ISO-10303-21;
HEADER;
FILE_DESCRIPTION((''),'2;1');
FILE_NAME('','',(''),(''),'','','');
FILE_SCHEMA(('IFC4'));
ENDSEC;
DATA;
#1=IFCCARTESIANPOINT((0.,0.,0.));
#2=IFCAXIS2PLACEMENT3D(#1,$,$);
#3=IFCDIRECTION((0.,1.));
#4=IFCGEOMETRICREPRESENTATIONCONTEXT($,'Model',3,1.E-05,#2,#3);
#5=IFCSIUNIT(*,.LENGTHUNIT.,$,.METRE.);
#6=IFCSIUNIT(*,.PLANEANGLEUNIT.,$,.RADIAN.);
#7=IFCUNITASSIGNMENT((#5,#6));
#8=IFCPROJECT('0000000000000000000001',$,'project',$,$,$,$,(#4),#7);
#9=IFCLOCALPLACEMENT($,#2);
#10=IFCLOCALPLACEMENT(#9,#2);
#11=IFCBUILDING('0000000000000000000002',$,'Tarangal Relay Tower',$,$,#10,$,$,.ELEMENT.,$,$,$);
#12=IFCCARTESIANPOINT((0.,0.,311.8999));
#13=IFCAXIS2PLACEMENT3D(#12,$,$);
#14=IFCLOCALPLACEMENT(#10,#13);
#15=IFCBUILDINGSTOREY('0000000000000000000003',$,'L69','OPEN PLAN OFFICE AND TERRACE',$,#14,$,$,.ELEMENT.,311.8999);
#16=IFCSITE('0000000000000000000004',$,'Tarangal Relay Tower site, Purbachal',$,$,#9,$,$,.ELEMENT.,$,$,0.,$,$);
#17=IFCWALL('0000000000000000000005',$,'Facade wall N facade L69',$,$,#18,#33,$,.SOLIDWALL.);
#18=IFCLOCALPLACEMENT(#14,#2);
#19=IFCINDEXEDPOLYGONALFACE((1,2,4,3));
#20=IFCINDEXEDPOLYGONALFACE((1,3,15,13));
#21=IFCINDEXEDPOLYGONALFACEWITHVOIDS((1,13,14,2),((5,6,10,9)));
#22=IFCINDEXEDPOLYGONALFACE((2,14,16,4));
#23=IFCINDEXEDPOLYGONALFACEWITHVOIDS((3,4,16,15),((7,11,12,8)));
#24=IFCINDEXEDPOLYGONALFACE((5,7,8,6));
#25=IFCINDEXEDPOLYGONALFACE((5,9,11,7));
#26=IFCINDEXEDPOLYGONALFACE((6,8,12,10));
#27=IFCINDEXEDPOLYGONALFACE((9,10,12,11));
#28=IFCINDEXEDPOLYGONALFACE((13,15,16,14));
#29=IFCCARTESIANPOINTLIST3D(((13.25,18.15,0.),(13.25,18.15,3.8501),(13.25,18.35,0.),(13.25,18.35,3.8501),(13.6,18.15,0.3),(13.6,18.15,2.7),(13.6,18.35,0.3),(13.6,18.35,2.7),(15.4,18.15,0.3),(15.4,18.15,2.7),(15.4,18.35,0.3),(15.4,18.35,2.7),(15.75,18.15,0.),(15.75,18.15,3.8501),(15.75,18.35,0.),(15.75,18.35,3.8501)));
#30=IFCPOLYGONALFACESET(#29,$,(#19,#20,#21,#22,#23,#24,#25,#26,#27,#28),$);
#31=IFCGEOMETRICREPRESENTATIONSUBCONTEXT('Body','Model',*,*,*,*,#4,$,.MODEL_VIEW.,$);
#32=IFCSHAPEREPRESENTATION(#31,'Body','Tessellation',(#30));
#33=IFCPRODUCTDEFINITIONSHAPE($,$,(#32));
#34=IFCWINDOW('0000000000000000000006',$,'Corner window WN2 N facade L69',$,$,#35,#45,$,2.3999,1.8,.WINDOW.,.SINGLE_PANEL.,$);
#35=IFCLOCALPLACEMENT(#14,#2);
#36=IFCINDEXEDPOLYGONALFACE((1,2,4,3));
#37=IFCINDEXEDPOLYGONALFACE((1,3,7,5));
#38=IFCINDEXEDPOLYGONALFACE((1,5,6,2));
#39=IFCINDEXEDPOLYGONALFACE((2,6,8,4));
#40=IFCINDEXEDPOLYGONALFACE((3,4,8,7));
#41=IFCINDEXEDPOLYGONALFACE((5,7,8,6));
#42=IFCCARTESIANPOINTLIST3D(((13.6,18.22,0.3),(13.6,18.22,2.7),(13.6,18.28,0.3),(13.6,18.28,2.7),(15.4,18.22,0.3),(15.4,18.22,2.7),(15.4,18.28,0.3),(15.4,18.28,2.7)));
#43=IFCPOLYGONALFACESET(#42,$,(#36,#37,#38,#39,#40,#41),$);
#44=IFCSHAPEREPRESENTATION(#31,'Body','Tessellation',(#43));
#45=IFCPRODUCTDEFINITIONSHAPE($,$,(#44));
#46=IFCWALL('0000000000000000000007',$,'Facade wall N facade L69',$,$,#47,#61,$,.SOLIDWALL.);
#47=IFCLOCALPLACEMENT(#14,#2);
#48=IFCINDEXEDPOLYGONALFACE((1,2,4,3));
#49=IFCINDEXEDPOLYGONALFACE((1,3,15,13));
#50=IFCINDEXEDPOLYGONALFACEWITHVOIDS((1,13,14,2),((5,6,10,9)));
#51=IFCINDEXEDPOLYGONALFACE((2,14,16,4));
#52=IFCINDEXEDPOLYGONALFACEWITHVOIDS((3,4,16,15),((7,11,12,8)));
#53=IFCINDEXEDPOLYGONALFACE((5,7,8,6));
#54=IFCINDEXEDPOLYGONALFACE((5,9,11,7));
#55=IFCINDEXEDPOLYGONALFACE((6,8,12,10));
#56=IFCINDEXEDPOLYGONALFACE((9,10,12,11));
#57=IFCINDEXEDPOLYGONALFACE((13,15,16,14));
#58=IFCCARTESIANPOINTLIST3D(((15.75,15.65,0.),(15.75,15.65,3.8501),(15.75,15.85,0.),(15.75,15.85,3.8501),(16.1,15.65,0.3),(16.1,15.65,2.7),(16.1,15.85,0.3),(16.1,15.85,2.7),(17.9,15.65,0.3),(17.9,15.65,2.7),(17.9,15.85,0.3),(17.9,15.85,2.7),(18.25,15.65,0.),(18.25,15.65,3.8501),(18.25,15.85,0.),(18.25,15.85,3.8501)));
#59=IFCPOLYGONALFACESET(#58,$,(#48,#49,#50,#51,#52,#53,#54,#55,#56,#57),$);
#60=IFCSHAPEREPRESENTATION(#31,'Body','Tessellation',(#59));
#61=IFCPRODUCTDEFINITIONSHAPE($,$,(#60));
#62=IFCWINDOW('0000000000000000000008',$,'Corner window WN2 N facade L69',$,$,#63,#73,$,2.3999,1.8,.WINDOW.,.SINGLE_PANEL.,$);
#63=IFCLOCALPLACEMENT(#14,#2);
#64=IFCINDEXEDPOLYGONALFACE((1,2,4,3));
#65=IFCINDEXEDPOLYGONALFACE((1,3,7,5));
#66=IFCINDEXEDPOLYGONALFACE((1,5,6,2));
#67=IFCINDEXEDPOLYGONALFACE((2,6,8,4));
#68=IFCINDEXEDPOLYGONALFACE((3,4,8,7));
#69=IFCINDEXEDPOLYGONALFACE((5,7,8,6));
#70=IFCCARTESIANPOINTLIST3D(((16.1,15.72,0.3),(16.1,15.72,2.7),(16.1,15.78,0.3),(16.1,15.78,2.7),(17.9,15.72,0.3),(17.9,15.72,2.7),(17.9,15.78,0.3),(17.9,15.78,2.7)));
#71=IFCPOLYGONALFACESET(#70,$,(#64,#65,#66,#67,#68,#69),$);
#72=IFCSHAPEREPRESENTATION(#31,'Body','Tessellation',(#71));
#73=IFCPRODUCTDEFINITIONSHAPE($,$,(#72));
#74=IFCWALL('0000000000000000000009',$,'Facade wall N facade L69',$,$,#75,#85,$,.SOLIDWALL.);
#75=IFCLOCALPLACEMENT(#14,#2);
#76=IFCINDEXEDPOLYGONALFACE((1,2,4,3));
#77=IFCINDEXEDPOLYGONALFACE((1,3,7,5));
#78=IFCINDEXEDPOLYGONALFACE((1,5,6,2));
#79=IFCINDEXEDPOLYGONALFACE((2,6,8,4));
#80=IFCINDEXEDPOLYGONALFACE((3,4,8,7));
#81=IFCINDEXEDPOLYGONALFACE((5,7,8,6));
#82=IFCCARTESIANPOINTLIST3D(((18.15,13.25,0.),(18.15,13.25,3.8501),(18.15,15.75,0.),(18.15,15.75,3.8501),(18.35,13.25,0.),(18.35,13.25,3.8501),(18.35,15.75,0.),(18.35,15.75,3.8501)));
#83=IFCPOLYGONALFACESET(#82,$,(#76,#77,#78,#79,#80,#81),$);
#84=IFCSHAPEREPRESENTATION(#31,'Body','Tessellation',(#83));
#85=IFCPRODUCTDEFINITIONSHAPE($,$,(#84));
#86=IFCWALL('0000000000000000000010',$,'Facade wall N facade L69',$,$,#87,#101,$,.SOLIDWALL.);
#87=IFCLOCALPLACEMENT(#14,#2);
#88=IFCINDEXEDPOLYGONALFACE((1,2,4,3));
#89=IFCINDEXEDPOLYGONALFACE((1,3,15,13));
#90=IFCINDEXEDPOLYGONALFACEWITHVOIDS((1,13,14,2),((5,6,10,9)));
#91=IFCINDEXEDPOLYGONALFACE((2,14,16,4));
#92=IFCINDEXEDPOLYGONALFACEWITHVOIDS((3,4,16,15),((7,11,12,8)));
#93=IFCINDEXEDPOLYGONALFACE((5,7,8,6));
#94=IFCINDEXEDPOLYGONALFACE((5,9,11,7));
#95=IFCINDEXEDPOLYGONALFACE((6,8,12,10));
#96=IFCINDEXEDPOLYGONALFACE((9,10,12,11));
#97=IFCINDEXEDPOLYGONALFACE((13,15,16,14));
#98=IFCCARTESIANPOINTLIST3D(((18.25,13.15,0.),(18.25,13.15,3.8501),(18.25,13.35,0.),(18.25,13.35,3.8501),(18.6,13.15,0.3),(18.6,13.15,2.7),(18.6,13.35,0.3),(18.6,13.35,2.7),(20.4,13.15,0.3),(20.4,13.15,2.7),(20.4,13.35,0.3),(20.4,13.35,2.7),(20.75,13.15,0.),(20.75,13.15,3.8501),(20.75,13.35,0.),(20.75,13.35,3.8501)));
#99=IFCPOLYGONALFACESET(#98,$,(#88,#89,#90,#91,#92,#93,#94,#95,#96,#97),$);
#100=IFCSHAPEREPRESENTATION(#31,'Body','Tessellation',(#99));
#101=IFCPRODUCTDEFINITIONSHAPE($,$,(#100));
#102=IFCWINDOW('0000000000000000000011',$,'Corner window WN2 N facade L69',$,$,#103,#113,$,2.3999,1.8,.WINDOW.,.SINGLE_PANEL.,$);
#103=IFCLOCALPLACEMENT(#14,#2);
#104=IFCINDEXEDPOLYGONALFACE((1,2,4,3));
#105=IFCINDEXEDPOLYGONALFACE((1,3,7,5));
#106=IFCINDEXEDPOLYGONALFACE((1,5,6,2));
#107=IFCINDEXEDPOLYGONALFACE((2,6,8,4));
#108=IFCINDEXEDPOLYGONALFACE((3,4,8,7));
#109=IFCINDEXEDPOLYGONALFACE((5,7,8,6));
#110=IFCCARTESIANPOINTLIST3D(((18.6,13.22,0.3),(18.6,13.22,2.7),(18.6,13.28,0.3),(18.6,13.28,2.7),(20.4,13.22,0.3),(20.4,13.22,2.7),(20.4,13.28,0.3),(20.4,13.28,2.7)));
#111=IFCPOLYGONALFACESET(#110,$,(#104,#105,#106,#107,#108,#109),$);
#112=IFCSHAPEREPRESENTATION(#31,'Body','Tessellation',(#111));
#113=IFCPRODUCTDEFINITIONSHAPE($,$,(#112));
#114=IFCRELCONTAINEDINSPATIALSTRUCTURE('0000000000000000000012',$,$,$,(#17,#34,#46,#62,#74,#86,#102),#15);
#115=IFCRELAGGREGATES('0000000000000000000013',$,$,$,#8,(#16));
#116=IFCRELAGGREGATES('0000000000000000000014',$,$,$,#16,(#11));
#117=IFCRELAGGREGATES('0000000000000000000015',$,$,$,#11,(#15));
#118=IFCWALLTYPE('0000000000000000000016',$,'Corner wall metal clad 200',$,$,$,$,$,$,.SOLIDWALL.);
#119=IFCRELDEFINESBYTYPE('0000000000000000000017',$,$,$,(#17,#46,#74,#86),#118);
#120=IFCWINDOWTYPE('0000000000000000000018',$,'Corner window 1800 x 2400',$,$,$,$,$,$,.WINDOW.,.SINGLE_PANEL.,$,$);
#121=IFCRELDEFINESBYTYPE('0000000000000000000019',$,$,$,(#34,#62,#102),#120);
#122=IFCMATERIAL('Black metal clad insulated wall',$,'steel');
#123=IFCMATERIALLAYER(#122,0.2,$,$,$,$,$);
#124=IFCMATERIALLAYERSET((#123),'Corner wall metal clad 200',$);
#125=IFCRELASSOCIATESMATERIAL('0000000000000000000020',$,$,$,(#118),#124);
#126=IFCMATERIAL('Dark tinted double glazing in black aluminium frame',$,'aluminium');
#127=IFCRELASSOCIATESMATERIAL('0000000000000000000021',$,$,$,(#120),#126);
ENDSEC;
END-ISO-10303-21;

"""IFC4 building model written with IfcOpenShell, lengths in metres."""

from ifc_helpers import new_model, si_unit, direction, frame, frame_2d, origin, place, context, subcontext, project, spatial, rectangle, extrude, material, layer, layer_set, type_object, element, fill, save


model = new_model("IFC4")

# Units and contexts
model_context = context("Model", 3, precision=1e-05, world=origin(), true_north=direction((0.0, 1.0)))
body_context = subcontext(model_context, "Body", "Model", "MODEL_VIEW")
ifc_project = project(units=[si_unit("LENGTHUNIT", "METRE"), si_unit("PLANEANGLEUNIT", "RADIAN")], contexts=[model_context])

# Site, building, storey
site_placement = place(None, origin())
site = spatial("IfcSite", under=ifc_project, at=site_placement, Name="Tarangal Relay Tower site, Purbachal", CompositionType="ELEMENT", RefElevation=0.0)
building_placement = place(site_placement, origin())
building = spatial("IfcBuilding", under=site, at=building_placement, Name="Tarangal Relay Tower", CompositionType="ELEMENT")
storey_placement = place(building_placement, frame((0.0, 0.0, 311.8999)))
storey = spatial("IfcBuildingStorey", under=building, at=storey_placement, Name="L69", Description="OPEN PLAN OFFICE AND TERRACE", CompositionType="ELEMENT", Elevation=311.8999)

# Shared definitions
ifc_material_1 = material(Name="Black metal clad insulated wall", Category="steel")
ifc_layer_1 = layer(ifc_material_1, 0.2)
ifc_layer_set_1 = layer_set([ifc_layer_1], Name="Corner wall metal clad 200")
wall_type_1 = type_object("IfcWallType", Name="Corner wall metal clad 200", PredefinedType="SOLIDWALL", material=ifc_layer_set_1)

# Wall, opening, window
wall_1_placement = place(storey_placement, frame((13.25, 18.25, 0.0), z_axis=(0.0, 0.0, 1.0), x_axis=(1.0, 0.0, 0.0)))
wall_1 = element("IfcWall", 1, at=wall_1_placement, inside=storey, type_object=wall_type_1, Name="Facade wall N facade L69", PredefinedType="SOLIDWALL", context=body_context, shape_type="SweptSolid", body=[
    extrude(rectangle(XDim=2.5, YDim=0.2, at=frame_2d((1.25, 0.0))), origin(), (0.0, 0.0, 1.0), 3.8501),
])
opening_1_placement = place(wall_1_placement, frame((0.3501, 0.0, 0.3)))
opening_1 = element("IfcOpeningElement", 2, at=opening_1_placement, cuts=wall_1, PredefinedType="OPENING", context=body_context, shape_type="SweptSolid", body=[
    extrude(rectangle(XDim=1.8, YDim=2.3999, at=frame_2d((0.8999, 1.2))), frame((0.0, 0.1099, 0.0), z_axis=(0.0, -1.0, 0.0), x_axis=(1.0, 0.0, 0.0)), (0.0, 0.0, 1.0), 0.22),
])
ifc_material_2 = material(Name="Dark tinted double glazing in black aluminium frame", Category="aluminium")
window_type = type_object("IfcWindowType", Name="Corner window 1800 x 2400", PartitioningType="SINGLE_PANEL", PredefinedType="WINDOW", material=ifc_material_2)
window_1_placement = place(opening_1_placement, origin())
window_1 = element("IfcWindow", 3, at=window_1_placement, inside=storey, type_object=window_type, Name="Corner window WN2 N facade L69", OverallHeight=2.3999, OverallWidth=1.8, PartitioningType="SINGLE_PANEL", PredefinedType="WINDOW", context=body_context, shape_type="SweptSolid", body=[
    extrude(rectangle(XDim=1.8, YDim=2.3999, at=frame_2d((0.8999, 1.2))), frame((0.0, 0.03, 0.0), z_axis=(0.0, -1.0, 0.0), x_axis=(1.0, 0.0, 0.0)), (0.0, 0.0, 1.0), 0.0601),
])
fill(opening_1, window_1)

# Wall, opening, window
wall_2_placement = place(storey_placement, frame((15.75, 15.75, 0.0), z_axis=(0.0, 0.0, 1.0), x_axis=(1.0, 0.0, 0.0)))
wall_2 = element("IfcWall", 4, at=wall_2_placement, inside=storey, type_object=wall_type_1, Name="Facade wall N facade L69", PredefinedType="SOLIDWALL", context=body_context, shape_type="SweptSolid", body=[
    extrude(rectangle(XDim=2.5, YDim=0.2, at=frame_2d((1.25, 0.0))), origin(), (0.0, 0.0, 1.0), 3.8501),
])
opening_2_placement = place(wall_2_placement, frame((0.3501, 0.0, 0.3)))
opening_2 = element("IfcOpeningElement", 5, at=opening_2_placement, cuts=wall_2, PredefinedType="OPENING", context=body_context, shape_type="SweptSolid", body=[
    extrude(rectangle(XDim=1.8, YDim=2.3999, at=frame_2d((0.8999, 1.2))), frame((0.0, 0.1099, 0.0), z_axis=(0.0, -1.0, 0.0), x_axis=(1.0, 0.0, 0.0)), (0.0, 0.0, 1.0), 0.22),
])
window_2_placement = place(opening_2_placement, origin())
window_2 = element("IfcWindow", 6, at=window_2_placement, inside=storey, type_object=window_type, Name="Corner window WN2 N facade L69", OverallHeight=2.3999, OverallWidth=1.8, PartitioningType="SINGLE_PANEL", PredefinedType="WINDOW", context=body_context, shape_type="SweptSolid", body=[
    extrude(rectangle(XDim=1.8, YDim=2.3999, at=frame_2d((0.8999, 1.2))), frame((0.0, 0.03, 0.0), z_axis=(0.0, -1.0, 0.0), x_axis=(1.0, 0.0, 0.0)), (0.0, 0.0, 1.0), 0.0601),
])
fill(opening_2, window_2)

# Wall
wall_3_placement = place(storey_placement, frame((18.25, 15.75, 0.0), z_axis=(0.0, 0.0, 1.0), x_axis=(0.0, -1.0, 0.0)))
element("IfcWall", 7, at=wall_3_placement, inside=storey, type_object=wall_type_1, Name="Facade wall N facade L69", PredefinedType="SOLIDWALL", context=body_context, shape_type="SweptSolid", body=[
    extrude(rectangle(XDim=2.5, YDim=0.2, at=frame_2d((1.25, 0.0))), origin(), (0.0, 0.0, 1.0), 3.8501),
])

# Wall, opening, window
wall_4_placement = place(storey_placement, frame((18.25, 13.25, 0.0), z_axis=(0.0, 0.0, 1.0), x_axis=(1.0, 0.0, 0.0)))
wall_4 = element("IfcWall", 8, at=wall_4_placement, inside=storey, type_object=wall_type_1, Name="Facade wall N facade L69", PredefinedType="SOLIDWALL", context=body_context, shape_type="SweptSolid", body=[
    extrude(rectangle(XDim=2.5, YDim=0.2, at=frame_2d((1.25, 0.0))), origin(), (0.0, 0.0, 1.0), 3.8501),
])
opening_3_placement = place(wall_4_placement, frame((0.3501, 0.0, 0.3)))
opening_3 = element("IfcOpeningElement", 9, at=opening_3_placement, cuts=wall_4, PredefinedType="OPENING", context=body_context, shape_type="SweptSolid", body=[
    extrude(rectangle(XDim=1.8, YDim=2.3999, at=frame_2d((0.8999, 1.2))), frame((0.0, 0.1099, 0.0), z_axis=(0.0, -1.0, 0.0), x_axis=(1.0, 0.0, 0.0)), (0.0, 0.0, 1.0), 0.22),
])
window_3_placement = place(opening_3_placement, origin())
window_3 = element("IfcWindow", 10, at=window_3_placement, inside=storey, type_object=window_type, Name="Corner window WN2 N facade L69", OverallHeight=2.3999, OverallWidth=1.8, PartitioningType="SINGLE_PANEL", PredefinedType="WINDOW", context=body_context, shape_type="SweptSolid", body=[
    extrude(rectangle(XDim=1.8, YDim=2.3999, at=frame_2d((0.8999, 1.2))), frame((0.0, 0.03, 0.0), z_axis=(0.0, -1.0, 0.0), x_axis=(1.0, 0.0, 0.0)), (0.0, 0.0, 1.0), 0.0601),
])
fill(opening_3, window_3)

save(model, "model.ifc")
